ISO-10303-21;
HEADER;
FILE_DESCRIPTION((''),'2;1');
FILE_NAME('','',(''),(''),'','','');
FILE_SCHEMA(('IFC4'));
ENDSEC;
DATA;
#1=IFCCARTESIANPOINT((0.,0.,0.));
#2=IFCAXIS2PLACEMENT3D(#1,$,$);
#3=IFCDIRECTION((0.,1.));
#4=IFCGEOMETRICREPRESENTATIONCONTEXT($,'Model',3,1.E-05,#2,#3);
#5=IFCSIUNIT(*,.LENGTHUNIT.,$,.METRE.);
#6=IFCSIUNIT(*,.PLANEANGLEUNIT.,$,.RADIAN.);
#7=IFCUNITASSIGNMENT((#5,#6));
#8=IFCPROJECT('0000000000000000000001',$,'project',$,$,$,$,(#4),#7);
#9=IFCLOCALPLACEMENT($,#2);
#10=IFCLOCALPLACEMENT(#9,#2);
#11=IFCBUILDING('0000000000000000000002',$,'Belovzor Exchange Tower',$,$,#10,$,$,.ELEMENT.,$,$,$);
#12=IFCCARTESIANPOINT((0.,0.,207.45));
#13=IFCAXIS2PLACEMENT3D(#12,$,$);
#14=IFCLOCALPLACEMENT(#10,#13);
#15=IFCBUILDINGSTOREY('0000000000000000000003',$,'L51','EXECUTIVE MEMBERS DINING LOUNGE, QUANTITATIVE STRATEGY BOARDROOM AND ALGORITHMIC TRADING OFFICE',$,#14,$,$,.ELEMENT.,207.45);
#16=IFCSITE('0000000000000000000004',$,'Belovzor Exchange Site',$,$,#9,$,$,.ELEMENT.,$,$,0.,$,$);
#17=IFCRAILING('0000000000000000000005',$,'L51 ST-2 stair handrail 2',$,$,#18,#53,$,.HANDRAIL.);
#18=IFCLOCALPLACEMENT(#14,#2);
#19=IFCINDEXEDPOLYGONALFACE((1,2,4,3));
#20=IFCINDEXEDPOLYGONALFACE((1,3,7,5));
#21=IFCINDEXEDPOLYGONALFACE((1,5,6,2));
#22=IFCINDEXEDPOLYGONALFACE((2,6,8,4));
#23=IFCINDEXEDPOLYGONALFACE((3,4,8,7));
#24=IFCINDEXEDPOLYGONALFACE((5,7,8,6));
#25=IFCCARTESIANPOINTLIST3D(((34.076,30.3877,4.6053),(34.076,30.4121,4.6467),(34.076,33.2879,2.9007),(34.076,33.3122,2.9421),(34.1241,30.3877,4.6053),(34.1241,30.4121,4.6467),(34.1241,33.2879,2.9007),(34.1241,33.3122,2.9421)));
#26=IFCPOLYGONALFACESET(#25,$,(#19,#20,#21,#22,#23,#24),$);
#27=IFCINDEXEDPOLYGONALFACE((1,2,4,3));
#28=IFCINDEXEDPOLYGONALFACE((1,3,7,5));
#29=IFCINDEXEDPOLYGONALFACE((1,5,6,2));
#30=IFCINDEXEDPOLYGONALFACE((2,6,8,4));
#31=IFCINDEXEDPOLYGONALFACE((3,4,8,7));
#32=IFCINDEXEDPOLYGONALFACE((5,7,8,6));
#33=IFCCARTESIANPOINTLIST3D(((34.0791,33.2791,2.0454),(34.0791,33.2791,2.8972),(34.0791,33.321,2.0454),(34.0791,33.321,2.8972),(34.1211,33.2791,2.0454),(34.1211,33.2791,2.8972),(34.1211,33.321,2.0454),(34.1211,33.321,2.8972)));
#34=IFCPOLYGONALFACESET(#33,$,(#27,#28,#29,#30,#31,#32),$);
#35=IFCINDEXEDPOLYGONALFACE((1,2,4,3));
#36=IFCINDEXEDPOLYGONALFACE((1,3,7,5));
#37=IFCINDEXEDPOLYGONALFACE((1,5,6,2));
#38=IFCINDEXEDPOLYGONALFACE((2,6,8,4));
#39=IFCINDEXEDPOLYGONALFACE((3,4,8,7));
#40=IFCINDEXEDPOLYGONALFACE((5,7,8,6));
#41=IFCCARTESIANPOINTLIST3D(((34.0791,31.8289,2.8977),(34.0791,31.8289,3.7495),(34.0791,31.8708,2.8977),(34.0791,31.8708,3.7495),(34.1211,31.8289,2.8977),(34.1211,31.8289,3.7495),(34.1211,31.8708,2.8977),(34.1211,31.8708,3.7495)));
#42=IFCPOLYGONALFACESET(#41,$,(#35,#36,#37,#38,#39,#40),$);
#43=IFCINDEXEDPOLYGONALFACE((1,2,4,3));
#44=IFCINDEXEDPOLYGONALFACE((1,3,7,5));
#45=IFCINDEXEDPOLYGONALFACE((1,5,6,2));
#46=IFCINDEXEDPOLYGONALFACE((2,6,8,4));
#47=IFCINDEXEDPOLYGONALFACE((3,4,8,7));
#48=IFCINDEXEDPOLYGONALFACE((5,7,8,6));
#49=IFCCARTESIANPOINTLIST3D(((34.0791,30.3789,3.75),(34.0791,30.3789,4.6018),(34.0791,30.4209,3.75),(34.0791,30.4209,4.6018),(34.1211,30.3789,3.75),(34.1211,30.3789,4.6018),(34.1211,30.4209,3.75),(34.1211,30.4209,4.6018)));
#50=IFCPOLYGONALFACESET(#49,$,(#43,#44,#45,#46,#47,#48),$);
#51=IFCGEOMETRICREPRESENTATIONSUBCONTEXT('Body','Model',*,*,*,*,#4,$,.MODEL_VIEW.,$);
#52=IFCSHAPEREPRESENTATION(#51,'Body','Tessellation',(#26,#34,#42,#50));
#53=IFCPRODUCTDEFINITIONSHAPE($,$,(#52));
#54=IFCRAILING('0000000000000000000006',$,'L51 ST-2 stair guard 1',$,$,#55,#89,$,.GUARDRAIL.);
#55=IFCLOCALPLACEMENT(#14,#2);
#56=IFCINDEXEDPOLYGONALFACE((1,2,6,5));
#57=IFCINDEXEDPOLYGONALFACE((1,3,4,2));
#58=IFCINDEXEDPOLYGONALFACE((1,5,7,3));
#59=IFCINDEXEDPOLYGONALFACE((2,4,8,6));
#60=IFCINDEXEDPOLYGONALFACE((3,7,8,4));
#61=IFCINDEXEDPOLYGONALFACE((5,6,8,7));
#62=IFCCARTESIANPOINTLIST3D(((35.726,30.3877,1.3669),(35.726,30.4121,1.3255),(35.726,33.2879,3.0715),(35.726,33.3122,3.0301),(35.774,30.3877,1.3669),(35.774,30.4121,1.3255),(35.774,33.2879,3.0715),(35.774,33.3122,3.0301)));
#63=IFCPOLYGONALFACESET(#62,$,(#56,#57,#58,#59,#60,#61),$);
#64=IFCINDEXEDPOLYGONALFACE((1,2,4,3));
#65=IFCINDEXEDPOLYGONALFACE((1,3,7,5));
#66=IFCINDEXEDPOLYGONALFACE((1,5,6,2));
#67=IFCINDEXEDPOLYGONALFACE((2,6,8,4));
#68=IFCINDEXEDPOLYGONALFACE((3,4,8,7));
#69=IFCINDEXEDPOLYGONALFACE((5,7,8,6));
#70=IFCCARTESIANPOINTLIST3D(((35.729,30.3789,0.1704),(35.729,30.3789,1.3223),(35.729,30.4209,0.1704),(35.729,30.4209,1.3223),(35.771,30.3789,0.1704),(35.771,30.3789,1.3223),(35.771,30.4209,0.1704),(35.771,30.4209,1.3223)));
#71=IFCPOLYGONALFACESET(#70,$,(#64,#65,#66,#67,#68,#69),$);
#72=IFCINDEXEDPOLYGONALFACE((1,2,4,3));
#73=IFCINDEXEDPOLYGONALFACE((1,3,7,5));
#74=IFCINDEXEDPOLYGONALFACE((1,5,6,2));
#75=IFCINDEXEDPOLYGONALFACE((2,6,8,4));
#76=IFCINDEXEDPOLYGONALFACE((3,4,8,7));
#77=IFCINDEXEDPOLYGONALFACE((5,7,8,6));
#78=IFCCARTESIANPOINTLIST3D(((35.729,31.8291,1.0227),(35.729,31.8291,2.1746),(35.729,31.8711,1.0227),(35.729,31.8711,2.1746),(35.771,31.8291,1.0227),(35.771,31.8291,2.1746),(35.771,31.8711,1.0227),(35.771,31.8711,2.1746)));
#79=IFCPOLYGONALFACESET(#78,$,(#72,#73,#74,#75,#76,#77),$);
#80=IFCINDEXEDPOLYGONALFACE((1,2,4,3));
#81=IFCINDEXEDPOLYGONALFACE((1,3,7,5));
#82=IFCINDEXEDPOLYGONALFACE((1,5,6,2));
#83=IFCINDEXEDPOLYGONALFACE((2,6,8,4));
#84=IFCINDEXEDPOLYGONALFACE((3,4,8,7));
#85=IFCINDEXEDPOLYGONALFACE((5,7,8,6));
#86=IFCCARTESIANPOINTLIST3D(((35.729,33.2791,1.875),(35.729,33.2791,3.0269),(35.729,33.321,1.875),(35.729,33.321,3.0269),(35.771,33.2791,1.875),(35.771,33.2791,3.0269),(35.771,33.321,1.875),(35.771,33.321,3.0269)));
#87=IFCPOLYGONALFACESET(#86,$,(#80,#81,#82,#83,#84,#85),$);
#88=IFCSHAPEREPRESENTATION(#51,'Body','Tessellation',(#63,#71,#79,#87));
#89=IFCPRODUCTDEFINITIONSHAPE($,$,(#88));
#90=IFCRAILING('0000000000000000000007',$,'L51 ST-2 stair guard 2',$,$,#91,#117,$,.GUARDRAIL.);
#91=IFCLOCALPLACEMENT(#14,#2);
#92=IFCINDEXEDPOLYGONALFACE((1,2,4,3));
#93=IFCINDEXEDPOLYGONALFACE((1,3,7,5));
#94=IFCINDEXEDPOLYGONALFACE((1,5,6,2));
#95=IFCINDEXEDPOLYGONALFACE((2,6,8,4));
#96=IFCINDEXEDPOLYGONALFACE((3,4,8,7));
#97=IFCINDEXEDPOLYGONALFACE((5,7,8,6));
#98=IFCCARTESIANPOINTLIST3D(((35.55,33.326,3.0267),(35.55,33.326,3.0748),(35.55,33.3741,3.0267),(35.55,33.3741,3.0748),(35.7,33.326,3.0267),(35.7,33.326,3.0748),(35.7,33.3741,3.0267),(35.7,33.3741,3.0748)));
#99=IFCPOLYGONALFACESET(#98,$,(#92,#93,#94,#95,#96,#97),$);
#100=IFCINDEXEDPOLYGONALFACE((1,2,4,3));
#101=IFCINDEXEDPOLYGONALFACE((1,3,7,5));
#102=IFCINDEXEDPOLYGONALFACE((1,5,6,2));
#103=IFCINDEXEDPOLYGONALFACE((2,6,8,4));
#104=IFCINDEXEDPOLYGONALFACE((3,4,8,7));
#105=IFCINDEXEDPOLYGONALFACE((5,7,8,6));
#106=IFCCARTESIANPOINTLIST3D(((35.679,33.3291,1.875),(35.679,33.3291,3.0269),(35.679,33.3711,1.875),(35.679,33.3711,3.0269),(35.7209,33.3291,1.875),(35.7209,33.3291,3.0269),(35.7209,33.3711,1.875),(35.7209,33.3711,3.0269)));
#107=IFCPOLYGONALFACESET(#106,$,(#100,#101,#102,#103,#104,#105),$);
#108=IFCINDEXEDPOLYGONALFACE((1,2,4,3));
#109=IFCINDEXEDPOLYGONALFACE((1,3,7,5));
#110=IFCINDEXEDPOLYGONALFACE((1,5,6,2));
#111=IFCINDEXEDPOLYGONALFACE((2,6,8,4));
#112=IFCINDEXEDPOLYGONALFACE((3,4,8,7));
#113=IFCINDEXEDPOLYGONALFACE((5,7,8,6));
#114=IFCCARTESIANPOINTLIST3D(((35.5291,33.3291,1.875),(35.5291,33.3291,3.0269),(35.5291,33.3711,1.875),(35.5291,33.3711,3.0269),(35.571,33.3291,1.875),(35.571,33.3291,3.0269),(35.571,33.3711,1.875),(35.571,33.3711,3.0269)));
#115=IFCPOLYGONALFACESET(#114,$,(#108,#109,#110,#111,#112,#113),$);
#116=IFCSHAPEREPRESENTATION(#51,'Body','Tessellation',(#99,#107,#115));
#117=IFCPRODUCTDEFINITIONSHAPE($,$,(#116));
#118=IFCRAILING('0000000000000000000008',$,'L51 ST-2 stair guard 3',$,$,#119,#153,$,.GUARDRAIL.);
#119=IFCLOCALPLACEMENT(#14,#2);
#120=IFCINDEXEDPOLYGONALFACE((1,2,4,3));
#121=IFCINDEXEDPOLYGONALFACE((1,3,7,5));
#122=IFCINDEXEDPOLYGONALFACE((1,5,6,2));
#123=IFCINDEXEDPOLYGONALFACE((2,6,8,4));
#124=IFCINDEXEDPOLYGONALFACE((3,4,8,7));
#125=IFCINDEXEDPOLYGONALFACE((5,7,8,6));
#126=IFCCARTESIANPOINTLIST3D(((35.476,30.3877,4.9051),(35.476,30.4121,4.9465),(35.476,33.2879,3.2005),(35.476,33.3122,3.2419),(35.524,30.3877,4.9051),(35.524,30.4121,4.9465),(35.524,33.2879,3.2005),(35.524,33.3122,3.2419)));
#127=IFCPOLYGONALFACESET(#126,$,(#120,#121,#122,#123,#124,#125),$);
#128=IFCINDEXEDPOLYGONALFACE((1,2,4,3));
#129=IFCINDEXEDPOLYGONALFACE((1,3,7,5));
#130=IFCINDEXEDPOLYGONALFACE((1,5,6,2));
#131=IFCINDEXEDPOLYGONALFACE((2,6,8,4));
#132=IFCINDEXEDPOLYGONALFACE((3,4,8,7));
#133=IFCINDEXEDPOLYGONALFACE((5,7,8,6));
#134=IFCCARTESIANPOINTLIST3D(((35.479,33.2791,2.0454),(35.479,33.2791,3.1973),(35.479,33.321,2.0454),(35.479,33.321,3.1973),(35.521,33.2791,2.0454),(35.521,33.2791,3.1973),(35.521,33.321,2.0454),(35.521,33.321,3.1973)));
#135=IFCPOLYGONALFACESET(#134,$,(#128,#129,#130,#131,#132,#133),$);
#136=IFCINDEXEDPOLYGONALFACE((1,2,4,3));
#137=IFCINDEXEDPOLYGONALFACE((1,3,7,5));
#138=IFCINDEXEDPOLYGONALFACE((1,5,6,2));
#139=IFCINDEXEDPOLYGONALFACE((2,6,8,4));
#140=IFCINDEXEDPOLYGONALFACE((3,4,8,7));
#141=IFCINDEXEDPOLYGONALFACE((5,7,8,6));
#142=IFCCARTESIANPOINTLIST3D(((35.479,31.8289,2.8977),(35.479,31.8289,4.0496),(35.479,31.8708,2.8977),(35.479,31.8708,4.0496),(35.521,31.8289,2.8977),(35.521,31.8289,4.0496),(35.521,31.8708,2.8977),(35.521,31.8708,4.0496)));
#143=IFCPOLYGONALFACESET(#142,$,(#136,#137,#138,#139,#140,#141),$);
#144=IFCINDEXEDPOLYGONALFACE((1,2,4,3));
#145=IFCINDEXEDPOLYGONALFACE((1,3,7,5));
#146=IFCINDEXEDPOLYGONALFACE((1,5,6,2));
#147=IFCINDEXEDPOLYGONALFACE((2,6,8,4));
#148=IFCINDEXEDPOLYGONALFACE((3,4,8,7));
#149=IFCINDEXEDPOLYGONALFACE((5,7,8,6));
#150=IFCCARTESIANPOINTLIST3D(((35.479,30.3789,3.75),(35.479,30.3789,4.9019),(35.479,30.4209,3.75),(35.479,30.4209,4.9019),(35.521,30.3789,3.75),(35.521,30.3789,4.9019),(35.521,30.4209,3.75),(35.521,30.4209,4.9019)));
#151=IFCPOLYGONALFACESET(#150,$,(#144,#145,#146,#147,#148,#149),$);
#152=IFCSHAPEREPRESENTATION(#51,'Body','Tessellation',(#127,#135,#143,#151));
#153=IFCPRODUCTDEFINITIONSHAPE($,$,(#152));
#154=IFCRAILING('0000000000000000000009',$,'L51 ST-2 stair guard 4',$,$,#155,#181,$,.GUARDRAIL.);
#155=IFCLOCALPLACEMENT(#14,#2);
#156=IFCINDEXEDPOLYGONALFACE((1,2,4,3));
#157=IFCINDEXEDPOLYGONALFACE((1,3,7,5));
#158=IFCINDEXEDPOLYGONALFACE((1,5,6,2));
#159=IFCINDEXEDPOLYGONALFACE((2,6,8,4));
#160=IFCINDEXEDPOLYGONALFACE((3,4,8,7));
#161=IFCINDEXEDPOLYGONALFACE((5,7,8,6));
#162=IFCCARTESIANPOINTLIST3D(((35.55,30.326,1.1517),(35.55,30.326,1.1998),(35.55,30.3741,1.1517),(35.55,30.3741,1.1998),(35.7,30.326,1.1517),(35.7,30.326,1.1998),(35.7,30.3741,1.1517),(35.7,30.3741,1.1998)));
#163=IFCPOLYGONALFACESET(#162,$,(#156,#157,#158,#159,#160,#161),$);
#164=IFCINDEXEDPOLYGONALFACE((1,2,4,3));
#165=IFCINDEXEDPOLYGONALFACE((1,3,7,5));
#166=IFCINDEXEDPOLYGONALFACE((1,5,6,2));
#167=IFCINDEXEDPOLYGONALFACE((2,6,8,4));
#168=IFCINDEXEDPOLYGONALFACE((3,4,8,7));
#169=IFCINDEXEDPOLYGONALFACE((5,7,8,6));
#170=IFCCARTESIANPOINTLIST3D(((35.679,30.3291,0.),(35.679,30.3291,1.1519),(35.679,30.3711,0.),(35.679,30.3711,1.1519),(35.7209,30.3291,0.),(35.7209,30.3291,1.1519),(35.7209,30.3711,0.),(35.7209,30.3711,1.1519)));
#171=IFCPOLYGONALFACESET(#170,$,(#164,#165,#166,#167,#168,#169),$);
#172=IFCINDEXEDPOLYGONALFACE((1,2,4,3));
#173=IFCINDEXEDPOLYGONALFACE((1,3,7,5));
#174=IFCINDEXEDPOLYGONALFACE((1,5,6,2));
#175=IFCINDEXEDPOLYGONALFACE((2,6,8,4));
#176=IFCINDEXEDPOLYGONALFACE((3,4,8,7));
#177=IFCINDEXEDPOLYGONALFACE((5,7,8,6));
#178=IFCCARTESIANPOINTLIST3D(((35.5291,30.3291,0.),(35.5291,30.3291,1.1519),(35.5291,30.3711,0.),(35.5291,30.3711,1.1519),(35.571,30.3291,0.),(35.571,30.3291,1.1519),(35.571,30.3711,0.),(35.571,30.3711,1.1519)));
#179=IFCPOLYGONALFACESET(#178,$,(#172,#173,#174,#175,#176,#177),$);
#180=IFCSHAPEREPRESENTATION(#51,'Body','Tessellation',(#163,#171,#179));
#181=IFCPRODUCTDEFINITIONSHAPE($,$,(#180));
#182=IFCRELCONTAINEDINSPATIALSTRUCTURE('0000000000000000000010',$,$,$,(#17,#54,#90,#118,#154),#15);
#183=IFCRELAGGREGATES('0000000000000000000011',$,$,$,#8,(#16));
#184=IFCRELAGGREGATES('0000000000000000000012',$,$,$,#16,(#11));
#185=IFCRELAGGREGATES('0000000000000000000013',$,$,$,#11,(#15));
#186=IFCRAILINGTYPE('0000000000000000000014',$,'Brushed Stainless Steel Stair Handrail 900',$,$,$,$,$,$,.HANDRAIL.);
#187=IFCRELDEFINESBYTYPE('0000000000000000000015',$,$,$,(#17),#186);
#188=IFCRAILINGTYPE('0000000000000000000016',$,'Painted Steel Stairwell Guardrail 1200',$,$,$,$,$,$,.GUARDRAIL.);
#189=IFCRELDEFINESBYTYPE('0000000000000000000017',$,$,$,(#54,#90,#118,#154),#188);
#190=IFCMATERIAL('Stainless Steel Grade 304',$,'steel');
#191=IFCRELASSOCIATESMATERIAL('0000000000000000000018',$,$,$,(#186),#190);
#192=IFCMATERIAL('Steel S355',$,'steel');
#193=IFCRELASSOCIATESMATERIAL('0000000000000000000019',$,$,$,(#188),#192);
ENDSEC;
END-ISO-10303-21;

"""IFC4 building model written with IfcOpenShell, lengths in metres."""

from ifc_helpers import new_model, si_unit, direction, frame, origin, origin_2d, place, context, subcontext, project, spatial, rectangle, extrude, material, type_object, element, save


model = new_model("IFC4")

# Units and contexts
model_context = context("Model", 3, precision=1e-05, world=origin(), true_north=direction((0.0, 1.0)))
body_context = subcontext(model_context, "Body", "Model", "MODEL_VIEW")
ifc_project = project(units=[si_unit("LENGTHUNIT", "METRE"), si_unit("PLANEANGLEUNIT", "RADIAN")], contexts=[model_context])

# Site, building, storey
site_placement = place(None, origin())
site = spatial("IfcSite", under=ifc_project, at=site_placement, Name="Belovzor Exchange Site", CompositionType="ELEMENT", RefElevation=0.0)
building_placement = place(site_placement, origin())
building = spatial("IfcBuilding", under=site, at=building_placement, Name="Belovzor Exchange Tower", CompositionType="ELEMENT")
storey_placement = place(building_placement, frame((0.0, 0.0, 207.45)))
storey = spatial("IfcBuildingStorey", under=building, at=storey_placement, Name="L51", Description="EXECUTIVE MEMBERS DINING LOUNGE, QUANTITATIVE STRATEGY BOARDROOM AND ALGORITHMIC TRADING OFFICE", CompositionType="ELEMENT", Elevation=207.45)

# Railings
ifc_material_1 = material(Name="Stainless Steel Grade 304", Category="steel")
railing_type_1 = type_object("IfcRailingType", Name="Brushed Stainless Steel Stair Handrail 900", PredefinedType="HANDRAIL", material=ifc_material_1)
railing_1_placement = place(storey_placement, frame((34.1001, 33.3, 2.0454)))
element("IfcRailing", 1, at=railing_1_placement, inside=storey, type_object=railing_type_1, Name="L51 ST-2 stair handrail 2", PredefinedType="HANDRAIL", context=body_context, shape_type="SweptSolid", body=[
    extrude(rectangle(XDim=0.0481, YDim=0.0481, at=origin_2d()), frame((0.0, 0.0, 0.876), z_axis=(0.0, -0.862113, 0.506716), x_axis=(1.0, 0.0, 0.0)), (0.0, 0.0, 1.0), 3.364),
    extrude(rectangle(XDim=0.042, YDim=0.042, at=origin_2d()), origin(), (0.0, 0.0, 1.0), 0.8518),
    extrude(rectangle(XDim=0.042, YDim=0.042, at=origin_2d()), frame((0.0, -1.4502, 0.8523)), (0.0, 0.0, 1.0), 0.8518),
    extrude(rectangle(XDim=0.042, YDim=0.042, at=origin_2d()), frame((0.0, -2.9001, 1.7046)), (0.0, 0.0, 1.0), 0.8518),
])
ifc_material_2 = material(Name="Steel S355", Category="steel")
railing_type_2 = type_object("IfcRailingType", Name="Painted Steel Stairwell Guardrail 1200", PredefinedType="GUARDRAIL", material=ifc_material_2)
railing_2_placement = place(storey_placement, frame((35.75, 30.3999, 0.1704)))
element("IfcRailing", 2, at=railing_2_placement, inside=storey, type_object=railing_type_2, Name="L51 ST-2 stair guard 1", PredefinedType="GUARDRAIL", context=body_context, shape_type="SweptSolid", body=[
    extrude(rectangle(XDim=0.0481, YDim=0.0481, at=origin_2d()), frame((0.0, 0.0, 1.1758), z_axis=(0.0, 0.862113, 0.506716), x_axis=(-1.0, 0.0, 0.0)), (0.0, 0.0, 1.0), 3.364),
    extrude(rectangle(XDim=0.042, YDim=0.042, at=origin_2d()), origin(), (0.0, 0.0, 1.0), 1.1519),
    extrude(rectangle(XDim=0.042, YDim=0.042, at=origin_2d()), frame((0.0, 1.4502, 0.8523)), (0.0, 0.0, 1.0), 1.1519),
    extrude(rectangle(XDim=0.042, YDim=0.042, at=origin_2d()), frame((0.0, 2.9001, 1.7046)), (0.0, 0.0, 1.0), 1.1519),
])
railing_3_placement = place(storey_placement, frame((35.7, 33.3501, 1.875)))
element("IfcRailing", 3, at=railing_3_placement, inside=storey, type_object=railing_type_2, Name="L51 ST-2 stair guard 2", PredefinedType="GUARDRAIL", context=body_context, shape_type="SweptSolid", body=[
    extrude(rectangle(XDim=0.0481, YDim=0.0481, at=origin_2d()), frame((0.0, 0.0, 1.1758), z_axis=(-1.0, 0.0, 0.0), x_axis=(0.0, -1.0, 0.0)), (0.0, 0.0, 1.0), 0.1499),
    extrude(rectangle(XDim=0.042, YDim=0.042, at=origin_2d()), origin(), (0.0, 0.0, 1.0), 1.1519),
    extrude(rectangle(XDim=0.042, YDim=0.042, at=origin_2d()), frame((-0.1499, 0.0, 0.0)), (0.0, 0.0, 1.0), 1.1519),
])
railing_4_placement = place(storey_placement, frame((35.5, 33.3, 2.0454)))
element("IfcRailing", 4, at=railing_4_placement, inside=storey, type_object=railing_type_2, Name="L51 ST-2 stair guard 3", PredefinedType="GUARDRAIL", context=body_context, shape_type="SweptSolid", body=[
    extrude(rectangle(XDim=0.0481, YDim=0.0481, at=origin_2d()), frame((0.0, 0.0, 1.1758), z_axis=(0.0, -0.862113, 0.506716), x_axis=(1.0, 0.0, 0.0)), (0.0, 0.0, 1.0), 3.364),
    extrude(rectangle(XDim=0.042, YDim=0.042, at=origin_2d()), origin(), (0.0, 0.0, 1.0), 1.1519),
    extrude(rectangle(XDim=0.042, YDim=0.042, at=origin_2d()), frame((0.0, -1.4502, 0.8523)), (0.0, 0.0, 1.0), 1.1519),
    extrude(rectangle(XDim=0.042, YDim=0.042, at=origin_2d()), frame((0.0, -2.9001, 1.7046)), (0.0, 0.0, 1.0), 1.1519),
])
railing_5_placement = place(storey_placement, frame((35.7, 30.3501, 0.0)))
element("IfcRailing", 5, at=railing_5_placement, inside=storey, type_object=railing_type_2, Name="L51 ST-2 stair guard 4", PredefinedType="GUARDRAIL", context=body_context, shape_type="SweptSolid", body=[
    extrude(rectangle(XDim=0.0481, YDim=0.0481, at=origin_2d()), frame((0.0, 0.0, 1.1758), z_axis=(-1.0, 0.0, 0.0), x_axis=(0.0, -1.0, 0.0)), (0.0, 0.0, 1.0), 0.1499),
    extrude(rectangle(XDim=0.042, YDim=0.042, at=origin_2d()), origin(), (0.0, 0.0, 1.0), 1.1519),
    extrude(rectangle(XDim=0.042, YDim=0.042, at=origin_2d()), frame((-0.1499, 0.0, 0.0)), (0.0, 0.0, 1.0), 1.1519),
])

save(model, "model.ifc")
